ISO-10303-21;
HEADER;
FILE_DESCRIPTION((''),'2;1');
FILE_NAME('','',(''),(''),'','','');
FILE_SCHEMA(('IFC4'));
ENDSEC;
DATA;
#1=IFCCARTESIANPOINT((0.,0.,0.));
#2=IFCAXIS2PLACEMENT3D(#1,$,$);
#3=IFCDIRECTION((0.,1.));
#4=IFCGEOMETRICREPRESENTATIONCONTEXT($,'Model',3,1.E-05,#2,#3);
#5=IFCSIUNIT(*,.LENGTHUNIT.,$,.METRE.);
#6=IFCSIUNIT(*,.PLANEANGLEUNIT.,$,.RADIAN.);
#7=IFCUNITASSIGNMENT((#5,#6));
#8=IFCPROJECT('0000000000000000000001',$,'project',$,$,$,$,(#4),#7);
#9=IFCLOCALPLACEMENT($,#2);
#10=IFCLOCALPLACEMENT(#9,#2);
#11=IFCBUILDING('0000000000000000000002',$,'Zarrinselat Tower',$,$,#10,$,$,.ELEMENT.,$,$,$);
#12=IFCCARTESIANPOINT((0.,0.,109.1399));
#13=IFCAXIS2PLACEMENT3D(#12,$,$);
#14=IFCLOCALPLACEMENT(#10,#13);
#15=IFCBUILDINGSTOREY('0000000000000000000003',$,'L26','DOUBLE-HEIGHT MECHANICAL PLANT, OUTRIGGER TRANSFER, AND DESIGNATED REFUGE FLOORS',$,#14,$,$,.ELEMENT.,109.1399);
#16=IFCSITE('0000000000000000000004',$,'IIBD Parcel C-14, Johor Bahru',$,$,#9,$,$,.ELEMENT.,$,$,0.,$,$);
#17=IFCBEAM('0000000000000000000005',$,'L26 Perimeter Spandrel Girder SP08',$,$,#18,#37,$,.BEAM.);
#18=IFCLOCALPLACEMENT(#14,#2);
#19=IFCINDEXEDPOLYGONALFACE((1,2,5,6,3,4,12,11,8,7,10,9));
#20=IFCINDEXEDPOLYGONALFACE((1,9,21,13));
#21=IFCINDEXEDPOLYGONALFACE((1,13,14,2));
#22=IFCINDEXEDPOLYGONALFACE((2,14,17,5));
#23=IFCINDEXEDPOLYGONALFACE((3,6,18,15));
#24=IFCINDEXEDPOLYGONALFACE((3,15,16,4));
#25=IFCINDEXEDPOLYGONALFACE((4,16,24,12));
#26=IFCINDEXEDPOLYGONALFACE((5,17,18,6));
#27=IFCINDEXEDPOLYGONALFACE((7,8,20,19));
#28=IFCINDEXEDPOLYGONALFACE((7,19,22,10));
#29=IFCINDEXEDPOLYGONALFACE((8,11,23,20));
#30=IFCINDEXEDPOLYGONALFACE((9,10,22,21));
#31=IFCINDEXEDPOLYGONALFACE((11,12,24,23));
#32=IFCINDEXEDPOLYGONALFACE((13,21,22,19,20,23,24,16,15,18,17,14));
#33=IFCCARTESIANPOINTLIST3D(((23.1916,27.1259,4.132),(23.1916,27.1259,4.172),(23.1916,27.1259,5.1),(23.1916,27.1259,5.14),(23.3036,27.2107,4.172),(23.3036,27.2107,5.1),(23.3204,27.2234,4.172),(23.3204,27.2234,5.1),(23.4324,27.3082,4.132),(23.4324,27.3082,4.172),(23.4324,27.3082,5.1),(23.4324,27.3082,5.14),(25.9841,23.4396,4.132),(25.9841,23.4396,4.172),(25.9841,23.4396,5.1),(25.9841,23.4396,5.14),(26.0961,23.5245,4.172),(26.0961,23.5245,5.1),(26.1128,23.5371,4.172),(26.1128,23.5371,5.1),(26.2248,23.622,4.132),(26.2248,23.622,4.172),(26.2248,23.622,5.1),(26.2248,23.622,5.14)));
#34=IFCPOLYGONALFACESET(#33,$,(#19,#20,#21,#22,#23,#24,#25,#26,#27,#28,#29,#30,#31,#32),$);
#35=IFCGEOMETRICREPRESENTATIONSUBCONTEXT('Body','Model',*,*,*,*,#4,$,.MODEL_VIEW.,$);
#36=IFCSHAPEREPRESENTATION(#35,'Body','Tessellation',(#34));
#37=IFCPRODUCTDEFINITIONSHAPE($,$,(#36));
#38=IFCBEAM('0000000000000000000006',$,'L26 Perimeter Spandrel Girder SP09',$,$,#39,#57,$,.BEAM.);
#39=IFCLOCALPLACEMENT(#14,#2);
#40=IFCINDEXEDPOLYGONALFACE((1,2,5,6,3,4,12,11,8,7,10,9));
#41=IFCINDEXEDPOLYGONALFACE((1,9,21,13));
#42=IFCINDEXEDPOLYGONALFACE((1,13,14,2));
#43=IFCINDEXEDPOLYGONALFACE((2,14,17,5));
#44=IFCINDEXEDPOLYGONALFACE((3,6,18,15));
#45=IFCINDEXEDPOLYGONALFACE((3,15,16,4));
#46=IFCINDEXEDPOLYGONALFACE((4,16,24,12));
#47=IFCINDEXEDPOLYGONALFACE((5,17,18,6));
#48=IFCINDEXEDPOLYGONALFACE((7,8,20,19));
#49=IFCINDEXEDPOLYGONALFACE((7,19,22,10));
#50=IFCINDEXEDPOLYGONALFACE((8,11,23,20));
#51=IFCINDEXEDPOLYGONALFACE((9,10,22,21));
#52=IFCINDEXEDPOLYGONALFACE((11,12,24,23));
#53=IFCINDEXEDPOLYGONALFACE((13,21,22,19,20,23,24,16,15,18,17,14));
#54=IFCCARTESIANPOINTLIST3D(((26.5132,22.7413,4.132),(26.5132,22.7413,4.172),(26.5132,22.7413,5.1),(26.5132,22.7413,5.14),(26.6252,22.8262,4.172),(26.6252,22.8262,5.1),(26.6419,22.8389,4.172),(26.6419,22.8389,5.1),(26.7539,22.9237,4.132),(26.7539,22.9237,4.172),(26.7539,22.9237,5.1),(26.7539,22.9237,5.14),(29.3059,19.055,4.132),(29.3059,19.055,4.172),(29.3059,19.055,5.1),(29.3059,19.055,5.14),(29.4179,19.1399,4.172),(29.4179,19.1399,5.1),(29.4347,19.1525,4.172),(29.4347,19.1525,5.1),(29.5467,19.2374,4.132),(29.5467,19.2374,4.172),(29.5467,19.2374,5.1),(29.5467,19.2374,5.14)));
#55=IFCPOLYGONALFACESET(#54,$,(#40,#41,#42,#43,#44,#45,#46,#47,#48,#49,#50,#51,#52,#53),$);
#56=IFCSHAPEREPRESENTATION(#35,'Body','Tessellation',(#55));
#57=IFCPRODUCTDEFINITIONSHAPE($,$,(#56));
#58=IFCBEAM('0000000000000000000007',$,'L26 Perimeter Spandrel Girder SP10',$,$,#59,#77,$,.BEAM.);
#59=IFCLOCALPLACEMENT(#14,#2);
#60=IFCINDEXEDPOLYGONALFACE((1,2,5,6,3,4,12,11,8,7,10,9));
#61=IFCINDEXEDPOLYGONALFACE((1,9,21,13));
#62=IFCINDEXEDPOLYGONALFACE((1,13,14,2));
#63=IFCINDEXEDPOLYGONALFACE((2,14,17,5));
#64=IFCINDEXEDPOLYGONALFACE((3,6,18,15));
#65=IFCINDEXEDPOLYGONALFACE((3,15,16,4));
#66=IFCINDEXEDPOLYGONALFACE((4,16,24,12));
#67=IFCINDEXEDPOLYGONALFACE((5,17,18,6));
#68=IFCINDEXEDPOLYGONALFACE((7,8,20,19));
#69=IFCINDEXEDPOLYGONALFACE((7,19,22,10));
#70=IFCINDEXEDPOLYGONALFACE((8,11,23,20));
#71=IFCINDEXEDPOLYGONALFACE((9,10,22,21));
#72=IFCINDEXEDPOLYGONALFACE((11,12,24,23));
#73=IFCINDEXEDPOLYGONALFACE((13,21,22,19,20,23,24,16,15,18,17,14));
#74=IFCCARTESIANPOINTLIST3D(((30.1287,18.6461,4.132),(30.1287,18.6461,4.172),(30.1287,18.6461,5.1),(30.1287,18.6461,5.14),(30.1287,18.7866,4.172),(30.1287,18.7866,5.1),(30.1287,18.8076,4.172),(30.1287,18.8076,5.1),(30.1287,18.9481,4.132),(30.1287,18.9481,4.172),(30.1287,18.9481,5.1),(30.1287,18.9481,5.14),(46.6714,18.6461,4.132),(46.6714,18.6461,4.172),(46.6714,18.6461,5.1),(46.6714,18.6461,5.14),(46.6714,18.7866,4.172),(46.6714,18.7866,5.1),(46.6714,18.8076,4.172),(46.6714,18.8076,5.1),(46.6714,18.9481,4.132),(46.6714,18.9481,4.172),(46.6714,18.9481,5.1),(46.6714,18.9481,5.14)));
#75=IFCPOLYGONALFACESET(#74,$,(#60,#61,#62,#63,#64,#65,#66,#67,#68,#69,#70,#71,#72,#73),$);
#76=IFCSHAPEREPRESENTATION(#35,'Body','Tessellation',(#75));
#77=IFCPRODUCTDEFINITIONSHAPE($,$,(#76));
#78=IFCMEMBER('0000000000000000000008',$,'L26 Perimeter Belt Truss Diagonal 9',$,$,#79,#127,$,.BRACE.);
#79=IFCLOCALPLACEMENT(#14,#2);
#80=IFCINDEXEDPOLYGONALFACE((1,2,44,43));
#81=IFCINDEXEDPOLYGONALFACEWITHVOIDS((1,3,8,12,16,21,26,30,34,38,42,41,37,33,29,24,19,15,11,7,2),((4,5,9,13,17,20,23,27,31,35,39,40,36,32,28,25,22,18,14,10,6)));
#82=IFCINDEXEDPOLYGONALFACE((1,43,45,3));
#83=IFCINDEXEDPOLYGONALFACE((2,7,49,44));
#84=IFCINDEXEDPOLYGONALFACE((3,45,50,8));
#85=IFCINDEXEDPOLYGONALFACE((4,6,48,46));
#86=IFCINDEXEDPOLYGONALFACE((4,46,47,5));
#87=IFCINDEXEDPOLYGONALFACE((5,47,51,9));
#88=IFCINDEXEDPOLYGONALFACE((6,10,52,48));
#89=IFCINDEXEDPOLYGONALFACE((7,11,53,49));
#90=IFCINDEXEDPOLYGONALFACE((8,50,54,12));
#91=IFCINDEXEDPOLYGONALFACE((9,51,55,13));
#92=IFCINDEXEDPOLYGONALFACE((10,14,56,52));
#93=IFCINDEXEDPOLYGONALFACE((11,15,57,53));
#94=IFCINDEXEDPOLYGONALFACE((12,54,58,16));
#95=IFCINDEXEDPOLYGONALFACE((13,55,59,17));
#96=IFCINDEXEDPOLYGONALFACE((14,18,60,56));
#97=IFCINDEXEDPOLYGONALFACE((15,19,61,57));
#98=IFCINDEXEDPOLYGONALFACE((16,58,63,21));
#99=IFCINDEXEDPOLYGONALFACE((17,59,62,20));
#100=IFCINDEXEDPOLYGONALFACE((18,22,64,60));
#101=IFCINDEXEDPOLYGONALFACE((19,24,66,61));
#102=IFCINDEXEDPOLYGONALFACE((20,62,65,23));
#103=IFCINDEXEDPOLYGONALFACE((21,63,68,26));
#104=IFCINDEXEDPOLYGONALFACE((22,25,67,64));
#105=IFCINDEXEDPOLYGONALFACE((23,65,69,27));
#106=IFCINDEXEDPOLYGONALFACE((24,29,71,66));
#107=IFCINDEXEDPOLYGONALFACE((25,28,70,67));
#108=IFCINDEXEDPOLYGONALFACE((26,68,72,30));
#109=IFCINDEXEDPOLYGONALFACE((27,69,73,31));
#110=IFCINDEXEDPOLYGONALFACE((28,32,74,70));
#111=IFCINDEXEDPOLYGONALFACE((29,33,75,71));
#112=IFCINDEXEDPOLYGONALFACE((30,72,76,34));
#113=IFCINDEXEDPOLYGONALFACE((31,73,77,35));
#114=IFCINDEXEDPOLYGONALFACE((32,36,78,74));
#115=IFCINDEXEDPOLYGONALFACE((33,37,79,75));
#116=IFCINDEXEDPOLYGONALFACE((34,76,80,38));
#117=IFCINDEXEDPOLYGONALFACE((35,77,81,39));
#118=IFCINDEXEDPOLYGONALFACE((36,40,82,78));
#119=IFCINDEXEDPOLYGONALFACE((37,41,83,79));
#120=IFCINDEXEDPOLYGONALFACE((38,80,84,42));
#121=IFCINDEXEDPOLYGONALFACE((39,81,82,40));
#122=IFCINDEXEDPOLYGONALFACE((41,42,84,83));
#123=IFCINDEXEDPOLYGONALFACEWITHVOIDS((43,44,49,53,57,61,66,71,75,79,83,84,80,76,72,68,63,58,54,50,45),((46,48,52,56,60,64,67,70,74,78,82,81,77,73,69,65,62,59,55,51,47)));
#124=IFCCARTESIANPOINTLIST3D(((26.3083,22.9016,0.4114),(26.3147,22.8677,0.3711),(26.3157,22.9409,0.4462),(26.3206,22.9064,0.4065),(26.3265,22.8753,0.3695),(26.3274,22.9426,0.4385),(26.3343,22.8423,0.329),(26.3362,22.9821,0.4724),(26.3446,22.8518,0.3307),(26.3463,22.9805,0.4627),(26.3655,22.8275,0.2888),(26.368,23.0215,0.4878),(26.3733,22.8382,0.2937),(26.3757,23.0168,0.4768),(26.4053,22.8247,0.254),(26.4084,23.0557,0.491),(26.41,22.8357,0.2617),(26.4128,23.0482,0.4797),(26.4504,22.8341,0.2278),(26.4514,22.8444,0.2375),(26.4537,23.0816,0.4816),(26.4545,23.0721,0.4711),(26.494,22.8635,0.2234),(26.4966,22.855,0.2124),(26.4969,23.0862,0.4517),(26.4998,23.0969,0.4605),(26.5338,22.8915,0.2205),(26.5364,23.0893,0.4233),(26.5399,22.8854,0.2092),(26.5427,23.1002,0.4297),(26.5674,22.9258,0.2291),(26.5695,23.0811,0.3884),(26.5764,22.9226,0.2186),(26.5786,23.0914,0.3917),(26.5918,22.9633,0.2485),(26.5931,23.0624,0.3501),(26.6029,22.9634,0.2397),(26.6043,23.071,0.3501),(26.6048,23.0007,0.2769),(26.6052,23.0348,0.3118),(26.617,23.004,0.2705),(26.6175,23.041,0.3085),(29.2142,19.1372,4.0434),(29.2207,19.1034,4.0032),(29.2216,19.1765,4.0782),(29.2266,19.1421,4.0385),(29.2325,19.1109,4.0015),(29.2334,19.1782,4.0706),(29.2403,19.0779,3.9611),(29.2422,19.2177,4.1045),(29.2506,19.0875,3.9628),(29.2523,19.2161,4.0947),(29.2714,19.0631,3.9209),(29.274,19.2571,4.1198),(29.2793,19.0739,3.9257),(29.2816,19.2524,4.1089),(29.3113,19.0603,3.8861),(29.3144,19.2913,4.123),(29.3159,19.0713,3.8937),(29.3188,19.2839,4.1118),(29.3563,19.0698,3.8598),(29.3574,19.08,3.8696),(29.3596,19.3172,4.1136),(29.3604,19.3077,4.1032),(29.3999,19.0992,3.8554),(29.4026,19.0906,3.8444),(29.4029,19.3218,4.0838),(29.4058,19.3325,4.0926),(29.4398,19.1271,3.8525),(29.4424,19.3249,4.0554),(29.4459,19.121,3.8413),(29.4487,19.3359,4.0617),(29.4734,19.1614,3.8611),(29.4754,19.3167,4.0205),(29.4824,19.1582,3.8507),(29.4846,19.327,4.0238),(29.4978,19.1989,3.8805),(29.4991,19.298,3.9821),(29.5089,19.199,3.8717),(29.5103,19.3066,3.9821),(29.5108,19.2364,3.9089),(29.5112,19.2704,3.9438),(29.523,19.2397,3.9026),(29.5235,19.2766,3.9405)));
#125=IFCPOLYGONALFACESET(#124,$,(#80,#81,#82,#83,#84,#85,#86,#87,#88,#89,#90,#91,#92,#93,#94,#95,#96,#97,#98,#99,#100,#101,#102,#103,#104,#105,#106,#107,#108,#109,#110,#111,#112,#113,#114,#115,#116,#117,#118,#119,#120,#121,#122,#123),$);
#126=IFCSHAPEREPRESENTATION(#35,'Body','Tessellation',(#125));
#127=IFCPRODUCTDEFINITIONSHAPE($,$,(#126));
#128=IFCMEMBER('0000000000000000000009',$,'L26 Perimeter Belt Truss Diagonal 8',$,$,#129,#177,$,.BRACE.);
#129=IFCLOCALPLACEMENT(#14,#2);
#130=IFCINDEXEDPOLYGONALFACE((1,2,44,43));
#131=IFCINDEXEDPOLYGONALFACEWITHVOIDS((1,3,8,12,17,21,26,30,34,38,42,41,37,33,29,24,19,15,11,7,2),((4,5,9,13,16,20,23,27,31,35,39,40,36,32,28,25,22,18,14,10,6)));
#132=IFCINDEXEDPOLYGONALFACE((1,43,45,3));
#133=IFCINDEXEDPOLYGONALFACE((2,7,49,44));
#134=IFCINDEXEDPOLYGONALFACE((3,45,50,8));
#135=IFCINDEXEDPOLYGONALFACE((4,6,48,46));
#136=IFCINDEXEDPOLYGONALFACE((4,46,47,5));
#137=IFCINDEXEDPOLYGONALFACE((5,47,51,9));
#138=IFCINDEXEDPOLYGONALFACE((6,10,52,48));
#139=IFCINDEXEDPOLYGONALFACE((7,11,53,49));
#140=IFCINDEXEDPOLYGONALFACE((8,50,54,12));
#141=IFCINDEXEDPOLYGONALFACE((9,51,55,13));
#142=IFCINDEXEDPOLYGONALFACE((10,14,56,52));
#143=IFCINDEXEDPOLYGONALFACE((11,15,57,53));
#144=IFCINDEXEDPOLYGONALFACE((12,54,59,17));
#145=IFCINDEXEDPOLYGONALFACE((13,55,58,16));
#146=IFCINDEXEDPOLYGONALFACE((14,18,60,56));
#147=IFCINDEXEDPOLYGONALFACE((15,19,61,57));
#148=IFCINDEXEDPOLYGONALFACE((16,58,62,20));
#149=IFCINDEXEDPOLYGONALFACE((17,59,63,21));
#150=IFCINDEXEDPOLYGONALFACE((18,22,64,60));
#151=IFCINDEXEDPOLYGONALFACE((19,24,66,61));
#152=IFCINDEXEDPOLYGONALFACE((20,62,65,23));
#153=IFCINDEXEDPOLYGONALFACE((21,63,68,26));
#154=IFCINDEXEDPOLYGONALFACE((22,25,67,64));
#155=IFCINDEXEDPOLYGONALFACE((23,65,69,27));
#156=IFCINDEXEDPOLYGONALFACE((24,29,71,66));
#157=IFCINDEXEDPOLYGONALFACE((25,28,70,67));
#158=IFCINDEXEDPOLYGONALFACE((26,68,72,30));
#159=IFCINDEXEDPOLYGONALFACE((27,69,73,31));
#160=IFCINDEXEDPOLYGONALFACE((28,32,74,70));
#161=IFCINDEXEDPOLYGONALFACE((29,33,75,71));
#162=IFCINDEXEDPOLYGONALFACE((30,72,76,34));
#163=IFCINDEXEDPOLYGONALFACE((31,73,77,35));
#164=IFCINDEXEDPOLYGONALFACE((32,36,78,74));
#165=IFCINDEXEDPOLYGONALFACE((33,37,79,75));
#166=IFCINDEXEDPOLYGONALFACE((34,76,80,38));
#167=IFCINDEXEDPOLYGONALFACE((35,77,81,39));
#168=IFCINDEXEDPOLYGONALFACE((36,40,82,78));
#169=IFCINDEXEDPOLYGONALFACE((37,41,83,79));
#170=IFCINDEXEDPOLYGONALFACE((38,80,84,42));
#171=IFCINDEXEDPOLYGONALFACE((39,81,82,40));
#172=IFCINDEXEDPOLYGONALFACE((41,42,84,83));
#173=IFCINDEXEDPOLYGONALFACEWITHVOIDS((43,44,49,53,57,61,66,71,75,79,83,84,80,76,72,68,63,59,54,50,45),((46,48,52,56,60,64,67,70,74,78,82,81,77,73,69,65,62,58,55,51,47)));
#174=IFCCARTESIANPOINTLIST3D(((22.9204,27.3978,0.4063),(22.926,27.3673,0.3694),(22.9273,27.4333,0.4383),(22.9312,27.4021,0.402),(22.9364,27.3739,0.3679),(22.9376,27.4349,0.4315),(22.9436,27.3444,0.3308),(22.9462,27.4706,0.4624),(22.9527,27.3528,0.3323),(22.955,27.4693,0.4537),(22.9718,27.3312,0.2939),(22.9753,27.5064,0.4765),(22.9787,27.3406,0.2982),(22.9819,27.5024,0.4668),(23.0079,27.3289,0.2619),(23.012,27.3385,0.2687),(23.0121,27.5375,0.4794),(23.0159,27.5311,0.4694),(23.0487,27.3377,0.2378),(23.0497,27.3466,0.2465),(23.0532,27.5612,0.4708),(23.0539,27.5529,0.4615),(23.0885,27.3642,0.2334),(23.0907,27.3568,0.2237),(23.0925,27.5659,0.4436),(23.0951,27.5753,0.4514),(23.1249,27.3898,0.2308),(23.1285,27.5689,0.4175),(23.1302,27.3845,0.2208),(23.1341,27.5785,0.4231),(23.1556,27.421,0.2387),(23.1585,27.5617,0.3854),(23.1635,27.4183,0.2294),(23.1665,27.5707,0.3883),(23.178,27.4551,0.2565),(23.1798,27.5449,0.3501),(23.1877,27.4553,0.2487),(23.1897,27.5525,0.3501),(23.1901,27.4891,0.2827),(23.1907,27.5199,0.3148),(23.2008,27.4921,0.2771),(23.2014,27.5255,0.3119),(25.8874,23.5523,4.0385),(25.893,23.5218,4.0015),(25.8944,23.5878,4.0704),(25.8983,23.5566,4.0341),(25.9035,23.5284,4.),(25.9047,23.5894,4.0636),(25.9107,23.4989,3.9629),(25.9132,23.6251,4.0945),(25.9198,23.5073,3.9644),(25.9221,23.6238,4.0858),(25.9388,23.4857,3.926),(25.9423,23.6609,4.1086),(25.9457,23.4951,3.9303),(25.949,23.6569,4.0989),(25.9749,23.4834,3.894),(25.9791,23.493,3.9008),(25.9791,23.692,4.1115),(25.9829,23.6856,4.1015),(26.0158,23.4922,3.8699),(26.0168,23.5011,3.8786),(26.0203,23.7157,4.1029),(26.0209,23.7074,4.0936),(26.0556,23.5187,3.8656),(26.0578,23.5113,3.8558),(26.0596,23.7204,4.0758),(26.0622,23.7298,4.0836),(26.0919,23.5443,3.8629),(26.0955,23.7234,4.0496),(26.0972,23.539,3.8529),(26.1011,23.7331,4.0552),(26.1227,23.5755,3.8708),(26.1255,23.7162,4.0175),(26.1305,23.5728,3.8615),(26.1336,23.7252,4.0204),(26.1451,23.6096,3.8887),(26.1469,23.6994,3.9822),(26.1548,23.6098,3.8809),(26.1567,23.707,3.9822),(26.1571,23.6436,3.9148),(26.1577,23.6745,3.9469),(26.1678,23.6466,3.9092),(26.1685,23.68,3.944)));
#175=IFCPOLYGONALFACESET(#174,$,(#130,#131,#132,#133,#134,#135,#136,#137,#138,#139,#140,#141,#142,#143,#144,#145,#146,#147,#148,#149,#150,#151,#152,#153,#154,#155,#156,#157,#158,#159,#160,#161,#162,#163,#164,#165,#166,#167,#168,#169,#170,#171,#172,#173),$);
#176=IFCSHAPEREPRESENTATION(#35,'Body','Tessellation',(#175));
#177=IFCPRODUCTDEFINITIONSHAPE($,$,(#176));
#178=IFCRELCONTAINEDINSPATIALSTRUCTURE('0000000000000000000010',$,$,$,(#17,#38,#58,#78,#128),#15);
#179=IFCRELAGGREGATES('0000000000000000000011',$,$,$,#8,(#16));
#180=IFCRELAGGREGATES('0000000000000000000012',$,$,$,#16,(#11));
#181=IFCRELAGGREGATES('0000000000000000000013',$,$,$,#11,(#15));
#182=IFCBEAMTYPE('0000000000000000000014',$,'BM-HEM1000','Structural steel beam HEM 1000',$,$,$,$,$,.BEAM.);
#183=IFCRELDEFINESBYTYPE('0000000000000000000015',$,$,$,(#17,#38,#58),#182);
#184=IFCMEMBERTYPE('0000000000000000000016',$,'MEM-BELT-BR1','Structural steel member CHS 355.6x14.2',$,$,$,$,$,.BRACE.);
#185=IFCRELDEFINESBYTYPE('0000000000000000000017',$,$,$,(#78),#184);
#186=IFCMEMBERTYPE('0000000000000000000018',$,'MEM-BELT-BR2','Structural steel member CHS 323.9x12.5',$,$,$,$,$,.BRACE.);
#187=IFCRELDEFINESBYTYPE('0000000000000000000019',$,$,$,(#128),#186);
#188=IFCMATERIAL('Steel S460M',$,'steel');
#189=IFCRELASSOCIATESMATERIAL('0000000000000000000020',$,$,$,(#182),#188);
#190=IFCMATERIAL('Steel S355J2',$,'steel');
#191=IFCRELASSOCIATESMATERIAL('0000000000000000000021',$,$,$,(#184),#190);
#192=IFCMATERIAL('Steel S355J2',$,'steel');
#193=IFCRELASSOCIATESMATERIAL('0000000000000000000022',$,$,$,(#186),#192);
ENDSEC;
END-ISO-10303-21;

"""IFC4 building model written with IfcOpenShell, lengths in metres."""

from ifc_helpers import new_model, si_unit, direction, frame, origin, origin_2d, place, context, subcontext, project, spatial, hollow_circle, i_section, extrude, material, material_profile, profile_set, type_object, element, save


model = new_model("IFC4")

# Units and contexts
model_context = context("Model", 3, precision=1e-05, world=origin(), true_north=direction((0.0, 1.0)))
body_context = subcontext(model_context, "Body", "Model", "MODEL_VIEW")
ifc_project = project(units=[si_unit("LENGTHUNIT", "METRE"), si_unit("PLANEANGLEUNIT", "RADIAN")], contexts=[model_context])

# Site, building, storey
site_placement = place(None, origin())
site = spatial("IfcSite", under=ifc_project, at=site_placement, Name="IIBD Parcel C-14, Johor Bahru", CompositionType="ELEMENT", RefElevation=0.0)
building_placement = place(site_placement, origin())
building = spatial("IfcBuilding", under=site, at=building_placement, Name="Zarrinselat Tower", CompositionType="ELEMENT")
storey_placement = place(building_placement, frame((0.0, 0.0, 109.1399)))
storey = spatial("IfcBuildingStorey", under=building, at=storey_placement, Name="L26", Description="DOUBLE-HEIGHT MECHANICAL PLANT, OUTRIGGER TRANSFER, AND DESIGNATED REFUGE FLOORS", CompositionType="ELEMENT", Elevation=109.1399)

# Beams
ifc_material_1 = material(Name="Steel S460M", Category="steel")
ifc_material_profile_1 = material_profile(ifc_material_1, i_section(OverallWidth=0.302, OverallDepth=1.0081, WebThickness=0.021, FlangeThickness=0.04, at=origin_2d()), Name="HEM 1000")
ifc_profile_set_1 = profile_set([ifc_material_profile_1], Name="Steel S460M")
beam_type_1 = type_object("IfcBeamType", Name="BM-HEM1000", Description="Structural steel beam HEM 1000", PredefinedType="BEAM", material=ifc_profile_set_1)
beam_1_placement = place(storey_placement, frame((23.312, 27.217, 4.636), z_axis=(0.603836, -0.797108, 0.0), x_axis=(0.797108, 0.603836, 0.0)))
element("IfcBeam", 1, at=beam_1_placement, inside=storey, type_object=beam_type_1, Name="L26 Perimeter Spandrel Girder SP08", PredefinedType="BEAM", context=body_context, shape_type="SweptSolid", body=[
    extrude(i_section(OverallWidth=0.302, OverallDepth=1.0081, WebThickness=0.021, FlangeThickness=0.04, at=origin_2d()), origin(), (0.0, 0.0, 1.0), 4.6245),
])
beam_2_placement = place(storey_placement, frame((26.6335, 22.8325, 4.636), z_axis=(0.60387, -0.797083, 0.0), x_axis=(0.797083, 0.60387, 0.0)))
element("IfcBeam", 2, at=beam_2_placement, inside=storey, type_object=beam_type_1, Name="L26 Perimeter Spandrel Girder SP09", PredefinedType="BEAM", context=body_context, shape_type="SweptSolid", body=[
    extrude(i_section(OverallWidth=0.302, OverallDepth=1.0081, WebThickness=0.021, FlangeThickness=0.04, at=origin_2d()), origin(), (0.0, 0.0, 1.0), 4.6248),
])
beam_3_placement = place(storey_placement, frame((30.1287, 18.7971, 4.636), z_axis=(1.0, 0.0, 0.0), x_axis=(0.0, 1.0, 0.0)))
element("IfcBeam", 3, at=beam_3_placement, inside=storey, type_object=beam_type_1, Name="L26 Perimeter Spandrel Girder SP10", PredefinedType="BEAM", context=body_context, shape_type="SweptSolid", body=[
    extrude(i_section(OverallWidth=0.302, OverallDepth=1.0081, WebThickness=0.021, FlangeThickness=0.04, at=origin_2d()), origin(), (0.0, 0.0, 1.0), 16.5427),
])

# Members
ifc_material_2 = material(Name="Steel S355J2", Category="steel")
ifc_material_profile_2 = material_profile(ifc_material_2, hollow_circle(Radius=0.1777, WallThickness=0.0142, at=origin_2d()), Name="CHS 355.6x14.2")
ifc_profile_set_2 = profile_set([ifc_material_profile_2], Name="Steel S355J2")
member_type_1 = type_object("IfcMemberType", Name="MEM-BELT-BR1", Description="Structural steel member CHS 355.6x14.2", PredefinedType="BRACE", material=ifc_profile_set_2)
member_1_placement = place(storey_placement, frame((26.4636, 22.9624, 0.3501), z_axis=(0.485634, -0.629084, 0.606971), x_axis=(0.791575, 0.611072, 0.0)))
element("IfcMember", 4, at=member_1_placement, inside=storey, type_object=member_type_1, Name="L26 Perimeter Belt Truss Diagonal 9", PredefinedType="BRACE", context=body_context, shape_type="SweptSolid", body=[
    extrude(hollow_circle(Radius=0.1777, WallThickness=0.0142, at=origin_2d()), origin(), (0.0, 0.0, 1.0), 5.9839),
])
ifc_material_3 = material(Name="Steel S355J2", Category="steel")
ifc_material_profile_3 = material_profile(ifc_material_3, hollow_circle(Radius=0.1619, WallThickness=0.0125, at=origin_2d()), Name="CHS 323.9x12.5")
ifc_profile_set_3 = profile_set([ifc_material_profile_3], Name="Steel S355J2")
member_type_2 = type_object("IfcMemberType", Name="MEM-BELT-BR2", Description="Structural steel member CHS 323.9x12.5", PredefinedType="BRACE", material=ifc_profile_set_3)
member_2_placement = place(storey_placement, frame((23.0615, 27.4536, 0.3501), z_axis=(0.489216, -0.634053, 0.59887), x_axis=(0.791728, 0.610874, 0.0)))
element("IfcMember", 5, at=member_2_placement, inside=storey, type_object=member_type_2, Name="L26 Perimeter Belt Truss Diagonal 8", PredefinedType="BRACE", context=body_context, shape_type="SweptSolid", body=[
    extrude(hollow_circle(Radius=0.1619, WallThickness=0.0125, at=origin_2d()), origin(), (0.0, 0.0, 1.0), 6.0649),
])

save(model, "model.ifc")
